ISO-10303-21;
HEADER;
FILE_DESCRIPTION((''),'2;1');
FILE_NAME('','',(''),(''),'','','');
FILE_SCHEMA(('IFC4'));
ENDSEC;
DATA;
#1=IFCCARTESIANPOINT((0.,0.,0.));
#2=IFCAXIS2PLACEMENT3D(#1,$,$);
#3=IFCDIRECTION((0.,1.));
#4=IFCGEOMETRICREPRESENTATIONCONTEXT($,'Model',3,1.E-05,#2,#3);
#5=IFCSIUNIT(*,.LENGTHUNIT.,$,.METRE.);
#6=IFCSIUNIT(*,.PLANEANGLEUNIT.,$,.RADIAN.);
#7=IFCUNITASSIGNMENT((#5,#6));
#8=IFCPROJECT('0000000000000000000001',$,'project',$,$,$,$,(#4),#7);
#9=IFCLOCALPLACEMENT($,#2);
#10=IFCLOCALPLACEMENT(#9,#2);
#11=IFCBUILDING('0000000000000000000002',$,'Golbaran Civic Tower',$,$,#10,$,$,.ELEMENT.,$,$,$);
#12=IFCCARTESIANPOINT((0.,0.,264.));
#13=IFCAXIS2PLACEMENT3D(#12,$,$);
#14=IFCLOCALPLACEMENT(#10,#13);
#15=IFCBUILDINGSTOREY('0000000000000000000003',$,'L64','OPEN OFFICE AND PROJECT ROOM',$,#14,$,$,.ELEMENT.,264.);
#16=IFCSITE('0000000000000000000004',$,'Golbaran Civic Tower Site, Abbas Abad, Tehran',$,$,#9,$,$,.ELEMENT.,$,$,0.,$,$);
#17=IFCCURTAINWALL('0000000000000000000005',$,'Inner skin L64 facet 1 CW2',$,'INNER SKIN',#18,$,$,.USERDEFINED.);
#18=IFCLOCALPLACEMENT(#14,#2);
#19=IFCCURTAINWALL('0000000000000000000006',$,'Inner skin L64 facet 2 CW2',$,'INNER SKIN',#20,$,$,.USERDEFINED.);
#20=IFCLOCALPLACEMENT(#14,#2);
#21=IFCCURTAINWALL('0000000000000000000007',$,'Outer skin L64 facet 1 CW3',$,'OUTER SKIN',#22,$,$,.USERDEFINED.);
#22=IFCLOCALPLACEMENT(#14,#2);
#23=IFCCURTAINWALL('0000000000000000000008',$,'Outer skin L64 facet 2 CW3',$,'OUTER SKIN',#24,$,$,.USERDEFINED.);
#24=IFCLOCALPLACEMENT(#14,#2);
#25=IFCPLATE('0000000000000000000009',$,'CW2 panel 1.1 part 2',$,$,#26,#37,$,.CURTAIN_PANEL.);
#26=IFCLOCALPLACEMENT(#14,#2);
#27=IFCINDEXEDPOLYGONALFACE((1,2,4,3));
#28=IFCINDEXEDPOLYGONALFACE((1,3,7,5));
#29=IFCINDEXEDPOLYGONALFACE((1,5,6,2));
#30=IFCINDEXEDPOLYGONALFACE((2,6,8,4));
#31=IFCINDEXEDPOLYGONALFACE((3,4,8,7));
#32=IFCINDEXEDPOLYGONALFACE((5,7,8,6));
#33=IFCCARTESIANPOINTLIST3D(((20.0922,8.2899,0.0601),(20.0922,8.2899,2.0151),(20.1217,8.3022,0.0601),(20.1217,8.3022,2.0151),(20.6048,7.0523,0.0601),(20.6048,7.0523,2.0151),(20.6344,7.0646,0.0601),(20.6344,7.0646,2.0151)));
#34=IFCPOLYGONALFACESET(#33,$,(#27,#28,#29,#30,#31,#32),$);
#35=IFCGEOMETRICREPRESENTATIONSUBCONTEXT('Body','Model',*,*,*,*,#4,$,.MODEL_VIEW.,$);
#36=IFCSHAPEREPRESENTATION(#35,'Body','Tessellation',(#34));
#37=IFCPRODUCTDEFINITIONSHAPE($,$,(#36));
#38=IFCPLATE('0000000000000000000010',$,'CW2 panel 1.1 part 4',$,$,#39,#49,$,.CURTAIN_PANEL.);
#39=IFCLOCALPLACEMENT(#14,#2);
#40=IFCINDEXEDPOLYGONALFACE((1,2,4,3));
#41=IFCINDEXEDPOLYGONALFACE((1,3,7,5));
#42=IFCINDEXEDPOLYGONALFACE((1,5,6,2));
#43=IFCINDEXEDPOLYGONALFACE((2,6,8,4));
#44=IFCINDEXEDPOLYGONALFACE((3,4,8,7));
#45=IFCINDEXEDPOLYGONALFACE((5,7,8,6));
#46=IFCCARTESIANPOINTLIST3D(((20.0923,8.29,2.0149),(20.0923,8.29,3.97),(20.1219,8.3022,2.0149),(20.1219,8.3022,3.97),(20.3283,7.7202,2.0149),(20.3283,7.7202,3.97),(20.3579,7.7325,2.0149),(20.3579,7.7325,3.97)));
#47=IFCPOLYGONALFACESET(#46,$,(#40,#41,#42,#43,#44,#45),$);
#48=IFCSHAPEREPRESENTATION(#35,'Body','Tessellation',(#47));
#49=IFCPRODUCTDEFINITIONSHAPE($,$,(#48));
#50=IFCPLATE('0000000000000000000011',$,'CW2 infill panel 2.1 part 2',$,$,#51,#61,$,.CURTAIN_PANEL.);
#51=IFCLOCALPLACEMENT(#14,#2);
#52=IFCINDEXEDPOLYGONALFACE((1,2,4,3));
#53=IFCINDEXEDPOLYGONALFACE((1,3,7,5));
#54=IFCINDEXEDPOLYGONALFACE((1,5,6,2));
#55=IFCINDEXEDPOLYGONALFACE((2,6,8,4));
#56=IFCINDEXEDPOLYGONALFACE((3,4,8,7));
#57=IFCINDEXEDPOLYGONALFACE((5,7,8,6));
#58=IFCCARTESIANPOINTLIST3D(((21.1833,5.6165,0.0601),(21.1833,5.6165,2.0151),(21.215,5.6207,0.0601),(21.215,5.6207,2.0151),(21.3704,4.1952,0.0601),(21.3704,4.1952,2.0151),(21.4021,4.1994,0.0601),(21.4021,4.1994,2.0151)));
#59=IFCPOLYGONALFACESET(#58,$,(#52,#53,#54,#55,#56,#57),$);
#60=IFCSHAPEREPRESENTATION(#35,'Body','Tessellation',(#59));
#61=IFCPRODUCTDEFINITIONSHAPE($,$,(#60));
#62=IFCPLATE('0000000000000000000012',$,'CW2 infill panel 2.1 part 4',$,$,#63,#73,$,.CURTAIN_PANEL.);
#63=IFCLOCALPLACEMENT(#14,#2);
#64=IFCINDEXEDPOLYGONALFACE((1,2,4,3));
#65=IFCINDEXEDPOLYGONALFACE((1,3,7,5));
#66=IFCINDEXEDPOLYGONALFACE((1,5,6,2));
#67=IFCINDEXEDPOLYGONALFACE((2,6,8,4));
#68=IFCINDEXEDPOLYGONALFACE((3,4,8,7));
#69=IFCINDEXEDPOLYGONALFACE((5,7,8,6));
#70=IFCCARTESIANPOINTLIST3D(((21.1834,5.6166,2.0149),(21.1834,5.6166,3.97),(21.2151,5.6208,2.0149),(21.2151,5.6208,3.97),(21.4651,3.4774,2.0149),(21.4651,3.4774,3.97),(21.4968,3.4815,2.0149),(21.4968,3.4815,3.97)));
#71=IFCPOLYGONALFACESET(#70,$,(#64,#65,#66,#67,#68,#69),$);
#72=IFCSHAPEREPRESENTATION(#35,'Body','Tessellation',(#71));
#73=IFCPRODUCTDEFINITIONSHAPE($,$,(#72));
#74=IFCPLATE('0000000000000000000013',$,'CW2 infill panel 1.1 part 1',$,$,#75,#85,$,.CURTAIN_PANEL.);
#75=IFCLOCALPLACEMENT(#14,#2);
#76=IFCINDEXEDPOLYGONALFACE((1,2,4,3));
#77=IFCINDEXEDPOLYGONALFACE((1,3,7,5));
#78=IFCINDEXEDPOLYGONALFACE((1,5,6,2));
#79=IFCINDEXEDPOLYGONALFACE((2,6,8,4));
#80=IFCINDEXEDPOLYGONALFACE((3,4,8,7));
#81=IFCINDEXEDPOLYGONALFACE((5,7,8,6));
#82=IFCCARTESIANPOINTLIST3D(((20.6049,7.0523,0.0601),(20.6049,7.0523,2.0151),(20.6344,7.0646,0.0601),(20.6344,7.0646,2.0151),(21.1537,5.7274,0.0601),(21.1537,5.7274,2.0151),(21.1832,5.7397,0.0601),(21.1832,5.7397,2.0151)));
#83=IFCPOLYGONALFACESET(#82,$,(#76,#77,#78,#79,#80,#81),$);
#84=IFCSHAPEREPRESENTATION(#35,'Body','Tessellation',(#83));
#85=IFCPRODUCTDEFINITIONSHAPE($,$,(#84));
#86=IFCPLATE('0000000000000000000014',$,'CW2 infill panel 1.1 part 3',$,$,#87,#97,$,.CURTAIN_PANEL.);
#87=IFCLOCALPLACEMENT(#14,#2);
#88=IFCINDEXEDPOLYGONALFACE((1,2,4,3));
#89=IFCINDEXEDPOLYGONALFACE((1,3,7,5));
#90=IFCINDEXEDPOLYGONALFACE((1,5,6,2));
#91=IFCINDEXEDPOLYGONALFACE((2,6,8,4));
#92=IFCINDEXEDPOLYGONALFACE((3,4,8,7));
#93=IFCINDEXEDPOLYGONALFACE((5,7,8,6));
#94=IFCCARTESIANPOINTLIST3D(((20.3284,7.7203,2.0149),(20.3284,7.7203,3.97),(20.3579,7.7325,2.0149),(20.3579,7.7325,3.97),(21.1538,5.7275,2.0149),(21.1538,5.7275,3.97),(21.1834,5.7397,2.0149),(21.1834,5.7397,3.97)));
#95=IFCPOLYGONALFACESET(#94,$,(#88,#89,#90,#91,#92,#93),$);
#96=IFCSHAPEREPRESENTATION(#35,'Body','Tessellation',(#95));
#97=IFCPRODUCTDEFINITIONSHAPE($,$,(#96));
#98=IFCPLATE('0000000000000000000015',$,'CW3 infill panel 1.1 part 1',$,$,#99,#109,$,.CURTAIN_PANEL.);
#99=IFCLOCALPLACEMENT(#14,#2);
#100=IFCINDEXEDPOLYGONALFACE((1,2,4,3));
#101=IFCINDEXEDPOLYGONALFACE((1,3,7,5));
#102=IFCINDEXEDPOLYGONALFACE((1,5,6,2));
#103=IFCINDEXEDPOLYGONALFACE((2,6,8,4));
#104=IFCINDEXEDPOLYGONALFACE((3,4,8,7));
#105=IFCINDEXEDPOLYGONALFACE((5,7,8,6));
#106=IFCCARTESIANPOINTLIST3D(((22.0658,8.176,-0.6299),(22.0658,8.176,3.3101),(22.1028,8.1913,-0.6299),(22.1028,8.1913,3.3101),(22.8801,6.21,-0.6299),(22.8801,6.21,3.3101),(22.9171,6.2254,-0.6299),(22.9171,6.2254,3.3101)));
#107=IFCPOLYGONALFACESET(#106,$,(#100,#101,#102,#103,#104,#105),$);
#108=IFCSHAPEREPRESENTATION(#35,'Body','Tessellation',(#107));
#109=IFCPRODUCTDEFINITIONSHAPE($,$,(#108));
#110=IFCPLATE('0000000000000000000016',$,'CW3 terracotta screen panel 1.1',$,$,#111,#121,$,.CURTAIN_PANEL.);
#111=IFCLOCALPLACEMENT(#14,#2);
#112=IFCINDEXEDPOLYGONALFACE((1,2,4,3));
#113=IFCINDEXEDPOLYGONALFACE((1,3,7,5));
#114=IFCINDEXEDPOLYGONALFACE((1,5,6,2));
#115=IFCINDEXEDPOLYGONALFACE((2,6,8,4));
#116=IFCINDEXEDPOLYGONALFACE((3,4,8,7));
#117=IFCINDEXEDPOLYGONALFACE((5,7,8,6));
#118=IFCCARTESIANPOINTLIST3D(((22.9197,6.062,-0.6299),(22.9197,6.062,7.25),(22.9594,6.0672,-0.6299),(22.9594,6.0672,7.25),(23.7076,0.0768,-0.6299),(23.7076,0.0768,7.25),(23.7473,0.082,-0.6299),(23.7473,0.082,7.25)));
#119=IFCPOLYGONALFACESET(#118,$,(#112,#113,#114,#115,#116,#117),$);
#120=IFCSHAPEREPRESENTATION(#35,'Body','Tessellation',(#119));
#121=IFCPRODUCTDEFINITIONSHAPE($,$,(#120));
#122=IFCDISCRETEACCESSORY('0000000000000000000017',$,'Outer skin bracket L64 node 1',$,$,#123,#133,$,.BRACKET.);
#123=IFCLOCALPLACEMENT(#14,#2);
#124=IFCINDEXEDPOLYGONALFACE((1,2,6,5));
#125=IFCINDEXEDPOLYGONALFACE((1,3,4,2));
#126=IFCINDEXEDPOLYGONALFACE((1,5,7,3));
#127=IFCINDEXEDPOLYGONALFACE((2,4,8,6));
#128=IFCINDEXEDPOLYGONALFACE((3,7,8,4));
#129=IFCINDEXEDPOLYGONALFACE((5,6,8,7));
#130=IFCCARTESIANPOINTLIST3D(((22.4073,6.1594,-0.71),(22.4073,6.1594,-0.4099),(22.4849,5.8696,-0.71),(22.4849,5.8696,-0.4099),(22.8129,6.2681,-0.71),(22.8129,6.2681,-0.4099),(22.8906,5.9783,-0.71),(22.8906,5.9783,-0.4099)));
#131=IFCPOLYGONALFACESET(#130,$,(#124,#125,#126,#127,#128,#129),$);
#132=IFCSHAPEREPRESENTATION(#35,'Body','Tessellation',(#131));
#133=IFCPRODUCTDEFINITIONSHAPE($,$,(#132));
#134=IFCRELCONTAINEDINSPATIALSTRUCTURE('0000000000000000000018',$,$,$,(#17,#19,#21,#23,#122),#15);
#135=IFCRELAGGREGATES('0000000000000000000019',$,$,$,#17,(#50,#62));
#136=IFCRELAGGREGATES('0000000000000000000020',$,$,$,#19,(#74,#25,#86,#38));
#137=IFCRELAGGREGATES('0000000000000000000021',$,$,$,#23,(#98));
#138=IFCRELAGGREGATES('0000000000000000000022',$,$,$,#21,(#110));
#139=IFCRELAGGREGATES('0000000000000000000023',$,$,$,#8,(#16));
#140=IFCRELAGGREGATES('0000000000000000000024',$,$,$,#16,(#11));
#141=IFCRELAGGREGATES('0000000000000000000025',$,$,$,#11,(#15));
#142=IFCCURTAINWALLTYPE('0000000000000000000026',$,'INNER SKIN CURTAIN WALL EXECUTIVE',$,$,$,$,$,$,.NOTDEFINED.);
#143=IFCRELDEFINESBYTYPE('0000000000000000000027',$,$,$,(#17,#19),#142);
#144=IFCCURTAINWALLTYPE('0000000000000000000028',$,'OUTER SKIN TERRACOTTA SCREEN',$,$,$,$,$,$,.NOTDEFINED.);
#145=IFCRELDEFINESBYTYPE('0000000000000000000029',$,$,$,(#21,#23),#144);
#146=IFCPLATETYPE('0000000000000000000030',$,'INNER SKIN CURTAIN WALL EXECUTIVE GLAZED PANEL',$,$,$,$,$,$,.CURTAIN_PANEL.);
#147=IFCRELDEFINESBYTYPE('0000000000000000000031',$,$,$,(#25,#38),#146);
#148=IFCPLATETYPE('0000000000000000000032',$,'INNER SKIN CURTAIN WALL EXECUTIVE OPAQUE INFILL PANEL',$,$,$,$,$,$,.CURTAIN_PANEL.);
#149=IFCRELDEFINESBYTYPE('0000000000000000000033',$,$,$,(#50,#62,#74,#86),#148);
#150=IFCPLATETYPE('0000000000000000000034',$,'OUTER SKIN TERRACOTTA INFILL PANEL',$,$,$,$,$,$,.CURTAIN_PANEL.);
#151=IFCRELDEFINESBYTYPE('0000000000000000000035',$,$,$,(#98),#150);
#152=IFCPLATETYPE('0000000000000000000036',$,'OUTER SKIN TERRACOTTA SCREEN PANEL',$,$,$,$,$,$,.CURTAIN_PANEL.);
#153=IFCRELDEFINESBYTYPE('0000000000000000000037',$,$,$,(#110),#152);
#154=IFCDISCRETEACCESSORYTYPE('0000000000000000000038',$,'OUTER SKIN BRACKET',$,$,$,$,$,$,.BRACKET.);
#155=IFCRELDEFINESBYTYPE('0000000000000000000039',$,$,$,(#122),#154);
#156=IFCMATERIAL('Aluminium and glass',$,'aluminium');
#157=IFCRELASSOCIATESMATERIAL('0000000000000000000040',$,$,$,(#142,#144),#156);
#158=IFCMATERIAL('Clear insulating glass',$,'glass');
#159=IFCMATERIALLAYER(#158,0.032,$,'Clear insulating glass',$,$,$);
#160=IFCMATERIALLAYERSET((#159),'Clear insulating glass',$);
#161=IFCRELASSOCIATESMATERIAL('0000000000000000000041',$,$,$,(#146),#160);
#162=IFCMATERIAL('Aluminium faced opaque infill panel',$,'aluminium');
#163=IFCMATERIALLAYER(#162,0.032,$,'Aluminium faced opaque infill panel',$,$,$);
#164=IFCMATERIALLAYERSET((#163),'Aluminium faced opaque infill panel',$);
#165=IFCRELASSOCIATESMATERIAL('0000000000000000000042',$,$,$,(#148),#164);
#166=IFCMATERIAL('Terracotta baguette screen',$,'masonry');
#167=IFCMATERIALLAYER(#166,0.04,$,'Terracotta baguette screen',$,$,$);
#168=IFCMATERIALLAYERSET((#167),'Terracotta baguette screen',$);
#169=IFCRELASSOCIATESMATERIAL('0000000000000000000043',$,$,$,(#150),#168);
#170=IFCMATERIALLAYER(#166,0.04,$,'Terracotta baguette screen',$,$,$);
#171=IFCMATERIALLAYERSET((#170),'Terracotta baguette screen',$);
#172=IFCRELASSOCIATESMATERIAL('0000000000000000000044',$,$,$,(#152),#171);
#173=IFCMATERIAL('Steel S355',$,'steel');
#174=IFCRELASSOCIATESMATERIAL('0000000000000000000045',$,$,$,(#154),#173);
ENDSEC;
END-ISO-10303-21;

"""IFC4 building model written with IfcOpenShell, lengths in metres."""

from ifc_helpers import new_model, si_unit, direction, frame, origin, origin_2d, place, context, subcontext, project, spatial, rectangle, extrude, material, layer, layer_set, type_object, element, aggregate, save


model = new_model("IFC4")

# Units and contexts
model_context = context("Model", 3, precision=1e-05, world=origin(), true_north=direction((0.0, 1.0)))
body_context = subcontext(model_context, "Body", "Model", "MODEL_VIEW")
ifc_project = project(units=[si_unit("LENGTHUNIT", "METRE"), si_unit("PLANEANGLEUNIT", "RADIAN")], contexts=[model_context])

# Site, building, storey
site_placement = place(None, origin())
site = spatial("IfcSite", under=ifc_project, at=site_placement, Name="Golbaran Civic Tower Site, Abbas Abad, Tehran", CompositionType="ELEMENT", RefElevation=0.0)
building_placement = place(site_placement, origin())
building = spatial("IfcBuilding", under=site, at=building_placement, Name="Golbaran Civic Tower", CompositionType="ELEMENT")
storey_placement = place(building_placement, frame((0.0, 0.0, 264.0)))
storey = spatial("IfcBuildingStorey", under=building, at=storey_placement, Name="L64", Description="OPEN OFFICE AND PROJECT ROOM", CompositionType="ELEMENT", Elevation=264.0)

# Shared definitions
ifc_material_1 = material(Name="Steel S355", Category="steel")

# Curtain walls
ifc_material_2 = material(Name="Aluminium and glass", Category="aluminium")
curtain_wall_type_1 = type_object("IfcCurtainWallType", Name="INNER SKIN CURTAIN WALL EXECUTIVE", PredefinedType="NOTDEFINED", material=ifc_material_2)
curtain_wall_1_placement = place(storey_placement, origin())
curtain_wall_1 = element("IfcCurtainWall", 1, at=curtain_wall_1_placement, inside=storey, type_object=curtain_wall_type_1, Name="Inner skin L64 facet 1 CW2", ObjectType="INNER SKIN", PredefinedType="USERDEFINED")
curtain_wall_2_placement = place(storey_placement, origin())
curtain_wall_2 = element("IfcCurtainWall", 2, at=curtain_wall_2_placement, inside=storey, type_object=curtain_wall_type_1, Name="Inner skin L64 facet 2 CW2", ObjectType="INNER SKIN", PredefinedType="USERDEFINED")

# Curtain wall
curtain_wall_type_2 = type_object("IfcCurtainWallType", Name="OUTER SKIN TERRACOTTA SCREEN", PredefinedType="NOTDEFINED", material=ifc_material_2)
curtain_wall_3_placement = place(storey_placement, origin())
curtain_wall_3 = element("IfcCurtainWall", 3, at=curtain_wall_3_placement, inside=storey, type_object=curtain_wall_type_2, Name="Outer skin L64 facet 1 CW3", ObjectType="OUTER SKIN", PredefinedType="USERDEFINED")

# Curtain wall
curtain_wall_4_placement = place(storey_placement, origin())
curtain_wall_4 = element("IfcCurtainWall", 4, at=curtain_wall_4_placement, inside=storey, type_object=curtain_wall_type_2, Name="Outer skin L64 facet 2 CW3", ObjectType="OUTER SKIN", PredefinedType="USERDEFINED")

# Plates
ifc_material_3 = material(Name="Clear insulating glass", Category="glass")
ifc_layer_1 = layer(ifc_material_3, 0.032, Name="Clear insulating glass")
ifc_layer_set_1 = layer_set([ifc_layer_1], Name="Clear insulating glass")
plate_type_1 = type_object("IfcPlateType", Name="INNER SKIN CURTAIN WALL EXECUTIVE GLAZED PANEL", PredefinedType="CURTAIN_PANEL", material=ifc_layer_set_1)
plate_1_placement = place(storey_placement, frame((20.3633, 7.6772, 0.0601), z_axis=(0.0, 0.0, 1.0), x_axis=(-0.382683, 0.92388, 0.0)))
plate_1 = element("IfcPlate", 5, at=plate_1_placement, type_object=plate_type_1, Name="CW2 panel 1.1 part 2", PredefinedType="CURTAIN_PANEL", context=body_context, shape_type="SweptSolid", body=[
    extrude(rectangle(XDim=1.3396, YDim=0.032, at=origin_2d()), origin(), (0.0, 0.0, 1.0), 1.9551),
])
plate_2_placement = place(storey_placement, frame((20.2251, 8.0112, 2.0149), z_axis=(0.0, 0.0, 1.0), x_axis=(-0.382683, 0.92388, 0.0)))
plate_2 = element("IfcPlate", 6, at=plate_2_placement, type_object=plate_type_1, Name="CW2 panel 1.1 part 4", PredefinedType="CURTAIN_PANEL", context=body_context, shape_type="SweptSolid", body=[
    extrude(rectangle(XDim=0.6167, YDim=0.032, at=origin_2d()), origin(), (0.0, 0.0, 1.0), 1.9551),
])
ifc_material_4 = material(Name="Aluminium faced opaque infill panel", Category="aluminium")
ifc_layer_2 = layer(ifc_material_4, 0.032, Name="Aluminium faced opaque infill panel")
ifc_layer_set_2 = layer_set([ifc_layer_2], Name="Aluminium faced opaque infill panel")
plate_type_2 = type_object("IfcPlateType", Name="INNER SKIN CURTAIN WALL EXECUTIVE OPAQUE INFILL PANEL", PredefinedType="CURTAIN_PANEL", material=ifc_layer_set_2)
plate_3_placement = place(storey_placement, frame((21.2927, 4.908, 0.0601), z_axis=(0.0, 0.0, 1.0), x_axis=(-0.130526, 0.991445, 0.0)))
plate_3 = element("IfcPlate", 7, at=plate_3_placement, type_object=plate_type_2, Name="CW2 infill panel 2.1 part 2", PredefinedType="CURTAIN_PANEL", context=body_context, shape_type="SweptSolid", body=[
    extrude(rectangle(XDim=1.4336, YDim=0.032, at=origin_2d()), origin(), (0.0, 0.0, 1.0), 1.9551),
])
plate_4_placement = place(storey_placement, frame((21.3401, 4.5491, 2.0149), z_axis=(0.0, 0.0, 1.0), x_axis=(-0.130526, 0.991445, 0.0)))
plate_4 = element("IfcPlate", 8, at=plate_4_placement, type_object=plate_type_2, Name="CW2 infill panel 2.1 part 4", PredefinedType="CURTAIN_PANEL", context=body_context, shape_type="SweptSolid", body=[
    extrude(rectangle(XDim=2.1577, YDim=0.032, at=origin_2d()), origin(), (0.0, 0.0, 1.0), 1.9551),
])
aggregate(curtain_wall_1, [plate_3, plate_4])
plate_5_placement = place(storey_placement, frame((20.894, 6.396, 0.0601), z_axis=(0.0, 0.0, 1.0), x_axis=(-0.382683, 0.92388, 0.0)))
plate_5 = element("IfcPlate", 9, at=plate_5_placement, type_object=plate_type_2, Name="CW2 infill panel 1.1 part 1", PredefinedType="CURTAIN_PANEL", context=body_context, shape_type="SweptSolid", body=[
    extrude(rectangle(XDim=1.4341, YDim=0.032, at=origin_2d()), origin(), (0.0, 0.0, 1.0), 1.9551),
])
plate_6_placement = place(storey_placement, frame((20.7559, 6.73, 2.0149), z_axis=(0.0, 0.0, 1.0), x_axis=(-0.382683, 0.92388, 0.0)))
plate_6 = element("IfcPlate", 10, at=plate_6_placement, type_object=plate_type_2, Name="CW2 infill panel 1.1 part 3", PredefinedType="CURTAIN_PANEL", context=body_context, shape_type="SweptSolid", body=[
    extrude(rectangle(XDim=2.157, YDim=0.032, at=origin_2d()), origin(), (0.0, 0.0, 1.0), 1.9551),
])
aggregate(curtain_wall_2, [plate_5, plate_1, plate_6, plate_2])
ifc_material_5 = material(Name="Terracotta baguette screen", Category="masonry")
ifc_layer_3 = layer(ifc_material_5, 0.04, Name="Terracotta baguette screen")
ifc_layer_set_3 = layer_set([ifc_layer_3], Name="Terracotta baguette screen")
plate_type_3 = type_object("IfcPlateType", Name="OUTER SKIN TERRACOTTA INFILL PANEL", PredefinedType="CURTAIN_PANEL", material=ifc_layer_set_3)
plate_7_placement = place(storey_placement, frame((22.4915, 7.2007, -0.6299), z_axis=(0.0, 0.0, 1.0), x_axis=(-0.382683, 0.92388, 0.0)))
plate_7 = element("IfcPlate", 11, at=plate_7_placement, type_object=plate_type_3, Name="CW3 infill panel 1.1 part 1", PredefinedType="CURTAIN_PANEL", context=body_context, shape_type="SweptSolid", body=[
    extrude(rectangle(XDim=2.1279, YDim=0.04, at=origin_2d()), origin(), (0.0, 0.0, 1.0), 3.9399),
])
aggregate(curtain_wall_4, [plate_7])
ifc_layer_4 = layer(ifc_material_5, 0.04, Name="Terracotta baguette screen")
ifc_layer_set_4 = layer_set([ifc_layer_4], Name="Terracotta baguette screen")
plate_type_4 = type_object("IfcPlateType", Name="OUTER SKIN TERRACOTTA SCREEN PANEL", PredefinedType="CURTAIN_PANEL", material=ifc_layer_set_4)
plate_8_placement = place(storey_placement, frame((23.3335, 3.072, -0.6299), z_axis=(0.0, 0.0, 1.0), x_axis=(-0.130526, 0.991445, 0.0)))
plate_8 = element("IfcPlate", 12, at=plate_8_placement, type_object=plate_type_4, Name="CW3 terracotta screen panel 1.1", PredefinedType="CURTAIN_PANEL", context=body_context, shape_type="SweptSolid", body=[
    extrude(rectangle(XDim=6.0369, YDim=0.04, at=origin_2d()), origin(), (0.0, 0.0, 1.0), 7.8799),
])
aggregate(curtain_wall_3, [plate_8])

# Discrete accessory
discrete_accessory_type = type_object("IfcDiscreteAccessoryType", Name="OUTER SKIN BRACKET", PredefinedType="BRACKET", material=ifc_material_1)
discrete_accessory_placement = place(storey_placement, frame((22.6489, 6.0688, -0.71), z_axis=(0.0, 0.0, 1.0), x_axis=(0.965926, 0.258819, 0.0)))
element("IfcDiscreteAccessory", 13, at=discrete_accessory_placement, inside=storey, type_object=discrete_accessory_type, Name="Outer skin bracket L64 node 1", PredefinedType="BRACKET", context=body_context, shape_type="SweptSolid", body=[
    extrude(rectangle(XDim=0.4199, YDim=0.3, at=origin_2d()), origin(), (0.0, 0.0, 1.0), 0.3),
])

save(model, "model.ifc")
